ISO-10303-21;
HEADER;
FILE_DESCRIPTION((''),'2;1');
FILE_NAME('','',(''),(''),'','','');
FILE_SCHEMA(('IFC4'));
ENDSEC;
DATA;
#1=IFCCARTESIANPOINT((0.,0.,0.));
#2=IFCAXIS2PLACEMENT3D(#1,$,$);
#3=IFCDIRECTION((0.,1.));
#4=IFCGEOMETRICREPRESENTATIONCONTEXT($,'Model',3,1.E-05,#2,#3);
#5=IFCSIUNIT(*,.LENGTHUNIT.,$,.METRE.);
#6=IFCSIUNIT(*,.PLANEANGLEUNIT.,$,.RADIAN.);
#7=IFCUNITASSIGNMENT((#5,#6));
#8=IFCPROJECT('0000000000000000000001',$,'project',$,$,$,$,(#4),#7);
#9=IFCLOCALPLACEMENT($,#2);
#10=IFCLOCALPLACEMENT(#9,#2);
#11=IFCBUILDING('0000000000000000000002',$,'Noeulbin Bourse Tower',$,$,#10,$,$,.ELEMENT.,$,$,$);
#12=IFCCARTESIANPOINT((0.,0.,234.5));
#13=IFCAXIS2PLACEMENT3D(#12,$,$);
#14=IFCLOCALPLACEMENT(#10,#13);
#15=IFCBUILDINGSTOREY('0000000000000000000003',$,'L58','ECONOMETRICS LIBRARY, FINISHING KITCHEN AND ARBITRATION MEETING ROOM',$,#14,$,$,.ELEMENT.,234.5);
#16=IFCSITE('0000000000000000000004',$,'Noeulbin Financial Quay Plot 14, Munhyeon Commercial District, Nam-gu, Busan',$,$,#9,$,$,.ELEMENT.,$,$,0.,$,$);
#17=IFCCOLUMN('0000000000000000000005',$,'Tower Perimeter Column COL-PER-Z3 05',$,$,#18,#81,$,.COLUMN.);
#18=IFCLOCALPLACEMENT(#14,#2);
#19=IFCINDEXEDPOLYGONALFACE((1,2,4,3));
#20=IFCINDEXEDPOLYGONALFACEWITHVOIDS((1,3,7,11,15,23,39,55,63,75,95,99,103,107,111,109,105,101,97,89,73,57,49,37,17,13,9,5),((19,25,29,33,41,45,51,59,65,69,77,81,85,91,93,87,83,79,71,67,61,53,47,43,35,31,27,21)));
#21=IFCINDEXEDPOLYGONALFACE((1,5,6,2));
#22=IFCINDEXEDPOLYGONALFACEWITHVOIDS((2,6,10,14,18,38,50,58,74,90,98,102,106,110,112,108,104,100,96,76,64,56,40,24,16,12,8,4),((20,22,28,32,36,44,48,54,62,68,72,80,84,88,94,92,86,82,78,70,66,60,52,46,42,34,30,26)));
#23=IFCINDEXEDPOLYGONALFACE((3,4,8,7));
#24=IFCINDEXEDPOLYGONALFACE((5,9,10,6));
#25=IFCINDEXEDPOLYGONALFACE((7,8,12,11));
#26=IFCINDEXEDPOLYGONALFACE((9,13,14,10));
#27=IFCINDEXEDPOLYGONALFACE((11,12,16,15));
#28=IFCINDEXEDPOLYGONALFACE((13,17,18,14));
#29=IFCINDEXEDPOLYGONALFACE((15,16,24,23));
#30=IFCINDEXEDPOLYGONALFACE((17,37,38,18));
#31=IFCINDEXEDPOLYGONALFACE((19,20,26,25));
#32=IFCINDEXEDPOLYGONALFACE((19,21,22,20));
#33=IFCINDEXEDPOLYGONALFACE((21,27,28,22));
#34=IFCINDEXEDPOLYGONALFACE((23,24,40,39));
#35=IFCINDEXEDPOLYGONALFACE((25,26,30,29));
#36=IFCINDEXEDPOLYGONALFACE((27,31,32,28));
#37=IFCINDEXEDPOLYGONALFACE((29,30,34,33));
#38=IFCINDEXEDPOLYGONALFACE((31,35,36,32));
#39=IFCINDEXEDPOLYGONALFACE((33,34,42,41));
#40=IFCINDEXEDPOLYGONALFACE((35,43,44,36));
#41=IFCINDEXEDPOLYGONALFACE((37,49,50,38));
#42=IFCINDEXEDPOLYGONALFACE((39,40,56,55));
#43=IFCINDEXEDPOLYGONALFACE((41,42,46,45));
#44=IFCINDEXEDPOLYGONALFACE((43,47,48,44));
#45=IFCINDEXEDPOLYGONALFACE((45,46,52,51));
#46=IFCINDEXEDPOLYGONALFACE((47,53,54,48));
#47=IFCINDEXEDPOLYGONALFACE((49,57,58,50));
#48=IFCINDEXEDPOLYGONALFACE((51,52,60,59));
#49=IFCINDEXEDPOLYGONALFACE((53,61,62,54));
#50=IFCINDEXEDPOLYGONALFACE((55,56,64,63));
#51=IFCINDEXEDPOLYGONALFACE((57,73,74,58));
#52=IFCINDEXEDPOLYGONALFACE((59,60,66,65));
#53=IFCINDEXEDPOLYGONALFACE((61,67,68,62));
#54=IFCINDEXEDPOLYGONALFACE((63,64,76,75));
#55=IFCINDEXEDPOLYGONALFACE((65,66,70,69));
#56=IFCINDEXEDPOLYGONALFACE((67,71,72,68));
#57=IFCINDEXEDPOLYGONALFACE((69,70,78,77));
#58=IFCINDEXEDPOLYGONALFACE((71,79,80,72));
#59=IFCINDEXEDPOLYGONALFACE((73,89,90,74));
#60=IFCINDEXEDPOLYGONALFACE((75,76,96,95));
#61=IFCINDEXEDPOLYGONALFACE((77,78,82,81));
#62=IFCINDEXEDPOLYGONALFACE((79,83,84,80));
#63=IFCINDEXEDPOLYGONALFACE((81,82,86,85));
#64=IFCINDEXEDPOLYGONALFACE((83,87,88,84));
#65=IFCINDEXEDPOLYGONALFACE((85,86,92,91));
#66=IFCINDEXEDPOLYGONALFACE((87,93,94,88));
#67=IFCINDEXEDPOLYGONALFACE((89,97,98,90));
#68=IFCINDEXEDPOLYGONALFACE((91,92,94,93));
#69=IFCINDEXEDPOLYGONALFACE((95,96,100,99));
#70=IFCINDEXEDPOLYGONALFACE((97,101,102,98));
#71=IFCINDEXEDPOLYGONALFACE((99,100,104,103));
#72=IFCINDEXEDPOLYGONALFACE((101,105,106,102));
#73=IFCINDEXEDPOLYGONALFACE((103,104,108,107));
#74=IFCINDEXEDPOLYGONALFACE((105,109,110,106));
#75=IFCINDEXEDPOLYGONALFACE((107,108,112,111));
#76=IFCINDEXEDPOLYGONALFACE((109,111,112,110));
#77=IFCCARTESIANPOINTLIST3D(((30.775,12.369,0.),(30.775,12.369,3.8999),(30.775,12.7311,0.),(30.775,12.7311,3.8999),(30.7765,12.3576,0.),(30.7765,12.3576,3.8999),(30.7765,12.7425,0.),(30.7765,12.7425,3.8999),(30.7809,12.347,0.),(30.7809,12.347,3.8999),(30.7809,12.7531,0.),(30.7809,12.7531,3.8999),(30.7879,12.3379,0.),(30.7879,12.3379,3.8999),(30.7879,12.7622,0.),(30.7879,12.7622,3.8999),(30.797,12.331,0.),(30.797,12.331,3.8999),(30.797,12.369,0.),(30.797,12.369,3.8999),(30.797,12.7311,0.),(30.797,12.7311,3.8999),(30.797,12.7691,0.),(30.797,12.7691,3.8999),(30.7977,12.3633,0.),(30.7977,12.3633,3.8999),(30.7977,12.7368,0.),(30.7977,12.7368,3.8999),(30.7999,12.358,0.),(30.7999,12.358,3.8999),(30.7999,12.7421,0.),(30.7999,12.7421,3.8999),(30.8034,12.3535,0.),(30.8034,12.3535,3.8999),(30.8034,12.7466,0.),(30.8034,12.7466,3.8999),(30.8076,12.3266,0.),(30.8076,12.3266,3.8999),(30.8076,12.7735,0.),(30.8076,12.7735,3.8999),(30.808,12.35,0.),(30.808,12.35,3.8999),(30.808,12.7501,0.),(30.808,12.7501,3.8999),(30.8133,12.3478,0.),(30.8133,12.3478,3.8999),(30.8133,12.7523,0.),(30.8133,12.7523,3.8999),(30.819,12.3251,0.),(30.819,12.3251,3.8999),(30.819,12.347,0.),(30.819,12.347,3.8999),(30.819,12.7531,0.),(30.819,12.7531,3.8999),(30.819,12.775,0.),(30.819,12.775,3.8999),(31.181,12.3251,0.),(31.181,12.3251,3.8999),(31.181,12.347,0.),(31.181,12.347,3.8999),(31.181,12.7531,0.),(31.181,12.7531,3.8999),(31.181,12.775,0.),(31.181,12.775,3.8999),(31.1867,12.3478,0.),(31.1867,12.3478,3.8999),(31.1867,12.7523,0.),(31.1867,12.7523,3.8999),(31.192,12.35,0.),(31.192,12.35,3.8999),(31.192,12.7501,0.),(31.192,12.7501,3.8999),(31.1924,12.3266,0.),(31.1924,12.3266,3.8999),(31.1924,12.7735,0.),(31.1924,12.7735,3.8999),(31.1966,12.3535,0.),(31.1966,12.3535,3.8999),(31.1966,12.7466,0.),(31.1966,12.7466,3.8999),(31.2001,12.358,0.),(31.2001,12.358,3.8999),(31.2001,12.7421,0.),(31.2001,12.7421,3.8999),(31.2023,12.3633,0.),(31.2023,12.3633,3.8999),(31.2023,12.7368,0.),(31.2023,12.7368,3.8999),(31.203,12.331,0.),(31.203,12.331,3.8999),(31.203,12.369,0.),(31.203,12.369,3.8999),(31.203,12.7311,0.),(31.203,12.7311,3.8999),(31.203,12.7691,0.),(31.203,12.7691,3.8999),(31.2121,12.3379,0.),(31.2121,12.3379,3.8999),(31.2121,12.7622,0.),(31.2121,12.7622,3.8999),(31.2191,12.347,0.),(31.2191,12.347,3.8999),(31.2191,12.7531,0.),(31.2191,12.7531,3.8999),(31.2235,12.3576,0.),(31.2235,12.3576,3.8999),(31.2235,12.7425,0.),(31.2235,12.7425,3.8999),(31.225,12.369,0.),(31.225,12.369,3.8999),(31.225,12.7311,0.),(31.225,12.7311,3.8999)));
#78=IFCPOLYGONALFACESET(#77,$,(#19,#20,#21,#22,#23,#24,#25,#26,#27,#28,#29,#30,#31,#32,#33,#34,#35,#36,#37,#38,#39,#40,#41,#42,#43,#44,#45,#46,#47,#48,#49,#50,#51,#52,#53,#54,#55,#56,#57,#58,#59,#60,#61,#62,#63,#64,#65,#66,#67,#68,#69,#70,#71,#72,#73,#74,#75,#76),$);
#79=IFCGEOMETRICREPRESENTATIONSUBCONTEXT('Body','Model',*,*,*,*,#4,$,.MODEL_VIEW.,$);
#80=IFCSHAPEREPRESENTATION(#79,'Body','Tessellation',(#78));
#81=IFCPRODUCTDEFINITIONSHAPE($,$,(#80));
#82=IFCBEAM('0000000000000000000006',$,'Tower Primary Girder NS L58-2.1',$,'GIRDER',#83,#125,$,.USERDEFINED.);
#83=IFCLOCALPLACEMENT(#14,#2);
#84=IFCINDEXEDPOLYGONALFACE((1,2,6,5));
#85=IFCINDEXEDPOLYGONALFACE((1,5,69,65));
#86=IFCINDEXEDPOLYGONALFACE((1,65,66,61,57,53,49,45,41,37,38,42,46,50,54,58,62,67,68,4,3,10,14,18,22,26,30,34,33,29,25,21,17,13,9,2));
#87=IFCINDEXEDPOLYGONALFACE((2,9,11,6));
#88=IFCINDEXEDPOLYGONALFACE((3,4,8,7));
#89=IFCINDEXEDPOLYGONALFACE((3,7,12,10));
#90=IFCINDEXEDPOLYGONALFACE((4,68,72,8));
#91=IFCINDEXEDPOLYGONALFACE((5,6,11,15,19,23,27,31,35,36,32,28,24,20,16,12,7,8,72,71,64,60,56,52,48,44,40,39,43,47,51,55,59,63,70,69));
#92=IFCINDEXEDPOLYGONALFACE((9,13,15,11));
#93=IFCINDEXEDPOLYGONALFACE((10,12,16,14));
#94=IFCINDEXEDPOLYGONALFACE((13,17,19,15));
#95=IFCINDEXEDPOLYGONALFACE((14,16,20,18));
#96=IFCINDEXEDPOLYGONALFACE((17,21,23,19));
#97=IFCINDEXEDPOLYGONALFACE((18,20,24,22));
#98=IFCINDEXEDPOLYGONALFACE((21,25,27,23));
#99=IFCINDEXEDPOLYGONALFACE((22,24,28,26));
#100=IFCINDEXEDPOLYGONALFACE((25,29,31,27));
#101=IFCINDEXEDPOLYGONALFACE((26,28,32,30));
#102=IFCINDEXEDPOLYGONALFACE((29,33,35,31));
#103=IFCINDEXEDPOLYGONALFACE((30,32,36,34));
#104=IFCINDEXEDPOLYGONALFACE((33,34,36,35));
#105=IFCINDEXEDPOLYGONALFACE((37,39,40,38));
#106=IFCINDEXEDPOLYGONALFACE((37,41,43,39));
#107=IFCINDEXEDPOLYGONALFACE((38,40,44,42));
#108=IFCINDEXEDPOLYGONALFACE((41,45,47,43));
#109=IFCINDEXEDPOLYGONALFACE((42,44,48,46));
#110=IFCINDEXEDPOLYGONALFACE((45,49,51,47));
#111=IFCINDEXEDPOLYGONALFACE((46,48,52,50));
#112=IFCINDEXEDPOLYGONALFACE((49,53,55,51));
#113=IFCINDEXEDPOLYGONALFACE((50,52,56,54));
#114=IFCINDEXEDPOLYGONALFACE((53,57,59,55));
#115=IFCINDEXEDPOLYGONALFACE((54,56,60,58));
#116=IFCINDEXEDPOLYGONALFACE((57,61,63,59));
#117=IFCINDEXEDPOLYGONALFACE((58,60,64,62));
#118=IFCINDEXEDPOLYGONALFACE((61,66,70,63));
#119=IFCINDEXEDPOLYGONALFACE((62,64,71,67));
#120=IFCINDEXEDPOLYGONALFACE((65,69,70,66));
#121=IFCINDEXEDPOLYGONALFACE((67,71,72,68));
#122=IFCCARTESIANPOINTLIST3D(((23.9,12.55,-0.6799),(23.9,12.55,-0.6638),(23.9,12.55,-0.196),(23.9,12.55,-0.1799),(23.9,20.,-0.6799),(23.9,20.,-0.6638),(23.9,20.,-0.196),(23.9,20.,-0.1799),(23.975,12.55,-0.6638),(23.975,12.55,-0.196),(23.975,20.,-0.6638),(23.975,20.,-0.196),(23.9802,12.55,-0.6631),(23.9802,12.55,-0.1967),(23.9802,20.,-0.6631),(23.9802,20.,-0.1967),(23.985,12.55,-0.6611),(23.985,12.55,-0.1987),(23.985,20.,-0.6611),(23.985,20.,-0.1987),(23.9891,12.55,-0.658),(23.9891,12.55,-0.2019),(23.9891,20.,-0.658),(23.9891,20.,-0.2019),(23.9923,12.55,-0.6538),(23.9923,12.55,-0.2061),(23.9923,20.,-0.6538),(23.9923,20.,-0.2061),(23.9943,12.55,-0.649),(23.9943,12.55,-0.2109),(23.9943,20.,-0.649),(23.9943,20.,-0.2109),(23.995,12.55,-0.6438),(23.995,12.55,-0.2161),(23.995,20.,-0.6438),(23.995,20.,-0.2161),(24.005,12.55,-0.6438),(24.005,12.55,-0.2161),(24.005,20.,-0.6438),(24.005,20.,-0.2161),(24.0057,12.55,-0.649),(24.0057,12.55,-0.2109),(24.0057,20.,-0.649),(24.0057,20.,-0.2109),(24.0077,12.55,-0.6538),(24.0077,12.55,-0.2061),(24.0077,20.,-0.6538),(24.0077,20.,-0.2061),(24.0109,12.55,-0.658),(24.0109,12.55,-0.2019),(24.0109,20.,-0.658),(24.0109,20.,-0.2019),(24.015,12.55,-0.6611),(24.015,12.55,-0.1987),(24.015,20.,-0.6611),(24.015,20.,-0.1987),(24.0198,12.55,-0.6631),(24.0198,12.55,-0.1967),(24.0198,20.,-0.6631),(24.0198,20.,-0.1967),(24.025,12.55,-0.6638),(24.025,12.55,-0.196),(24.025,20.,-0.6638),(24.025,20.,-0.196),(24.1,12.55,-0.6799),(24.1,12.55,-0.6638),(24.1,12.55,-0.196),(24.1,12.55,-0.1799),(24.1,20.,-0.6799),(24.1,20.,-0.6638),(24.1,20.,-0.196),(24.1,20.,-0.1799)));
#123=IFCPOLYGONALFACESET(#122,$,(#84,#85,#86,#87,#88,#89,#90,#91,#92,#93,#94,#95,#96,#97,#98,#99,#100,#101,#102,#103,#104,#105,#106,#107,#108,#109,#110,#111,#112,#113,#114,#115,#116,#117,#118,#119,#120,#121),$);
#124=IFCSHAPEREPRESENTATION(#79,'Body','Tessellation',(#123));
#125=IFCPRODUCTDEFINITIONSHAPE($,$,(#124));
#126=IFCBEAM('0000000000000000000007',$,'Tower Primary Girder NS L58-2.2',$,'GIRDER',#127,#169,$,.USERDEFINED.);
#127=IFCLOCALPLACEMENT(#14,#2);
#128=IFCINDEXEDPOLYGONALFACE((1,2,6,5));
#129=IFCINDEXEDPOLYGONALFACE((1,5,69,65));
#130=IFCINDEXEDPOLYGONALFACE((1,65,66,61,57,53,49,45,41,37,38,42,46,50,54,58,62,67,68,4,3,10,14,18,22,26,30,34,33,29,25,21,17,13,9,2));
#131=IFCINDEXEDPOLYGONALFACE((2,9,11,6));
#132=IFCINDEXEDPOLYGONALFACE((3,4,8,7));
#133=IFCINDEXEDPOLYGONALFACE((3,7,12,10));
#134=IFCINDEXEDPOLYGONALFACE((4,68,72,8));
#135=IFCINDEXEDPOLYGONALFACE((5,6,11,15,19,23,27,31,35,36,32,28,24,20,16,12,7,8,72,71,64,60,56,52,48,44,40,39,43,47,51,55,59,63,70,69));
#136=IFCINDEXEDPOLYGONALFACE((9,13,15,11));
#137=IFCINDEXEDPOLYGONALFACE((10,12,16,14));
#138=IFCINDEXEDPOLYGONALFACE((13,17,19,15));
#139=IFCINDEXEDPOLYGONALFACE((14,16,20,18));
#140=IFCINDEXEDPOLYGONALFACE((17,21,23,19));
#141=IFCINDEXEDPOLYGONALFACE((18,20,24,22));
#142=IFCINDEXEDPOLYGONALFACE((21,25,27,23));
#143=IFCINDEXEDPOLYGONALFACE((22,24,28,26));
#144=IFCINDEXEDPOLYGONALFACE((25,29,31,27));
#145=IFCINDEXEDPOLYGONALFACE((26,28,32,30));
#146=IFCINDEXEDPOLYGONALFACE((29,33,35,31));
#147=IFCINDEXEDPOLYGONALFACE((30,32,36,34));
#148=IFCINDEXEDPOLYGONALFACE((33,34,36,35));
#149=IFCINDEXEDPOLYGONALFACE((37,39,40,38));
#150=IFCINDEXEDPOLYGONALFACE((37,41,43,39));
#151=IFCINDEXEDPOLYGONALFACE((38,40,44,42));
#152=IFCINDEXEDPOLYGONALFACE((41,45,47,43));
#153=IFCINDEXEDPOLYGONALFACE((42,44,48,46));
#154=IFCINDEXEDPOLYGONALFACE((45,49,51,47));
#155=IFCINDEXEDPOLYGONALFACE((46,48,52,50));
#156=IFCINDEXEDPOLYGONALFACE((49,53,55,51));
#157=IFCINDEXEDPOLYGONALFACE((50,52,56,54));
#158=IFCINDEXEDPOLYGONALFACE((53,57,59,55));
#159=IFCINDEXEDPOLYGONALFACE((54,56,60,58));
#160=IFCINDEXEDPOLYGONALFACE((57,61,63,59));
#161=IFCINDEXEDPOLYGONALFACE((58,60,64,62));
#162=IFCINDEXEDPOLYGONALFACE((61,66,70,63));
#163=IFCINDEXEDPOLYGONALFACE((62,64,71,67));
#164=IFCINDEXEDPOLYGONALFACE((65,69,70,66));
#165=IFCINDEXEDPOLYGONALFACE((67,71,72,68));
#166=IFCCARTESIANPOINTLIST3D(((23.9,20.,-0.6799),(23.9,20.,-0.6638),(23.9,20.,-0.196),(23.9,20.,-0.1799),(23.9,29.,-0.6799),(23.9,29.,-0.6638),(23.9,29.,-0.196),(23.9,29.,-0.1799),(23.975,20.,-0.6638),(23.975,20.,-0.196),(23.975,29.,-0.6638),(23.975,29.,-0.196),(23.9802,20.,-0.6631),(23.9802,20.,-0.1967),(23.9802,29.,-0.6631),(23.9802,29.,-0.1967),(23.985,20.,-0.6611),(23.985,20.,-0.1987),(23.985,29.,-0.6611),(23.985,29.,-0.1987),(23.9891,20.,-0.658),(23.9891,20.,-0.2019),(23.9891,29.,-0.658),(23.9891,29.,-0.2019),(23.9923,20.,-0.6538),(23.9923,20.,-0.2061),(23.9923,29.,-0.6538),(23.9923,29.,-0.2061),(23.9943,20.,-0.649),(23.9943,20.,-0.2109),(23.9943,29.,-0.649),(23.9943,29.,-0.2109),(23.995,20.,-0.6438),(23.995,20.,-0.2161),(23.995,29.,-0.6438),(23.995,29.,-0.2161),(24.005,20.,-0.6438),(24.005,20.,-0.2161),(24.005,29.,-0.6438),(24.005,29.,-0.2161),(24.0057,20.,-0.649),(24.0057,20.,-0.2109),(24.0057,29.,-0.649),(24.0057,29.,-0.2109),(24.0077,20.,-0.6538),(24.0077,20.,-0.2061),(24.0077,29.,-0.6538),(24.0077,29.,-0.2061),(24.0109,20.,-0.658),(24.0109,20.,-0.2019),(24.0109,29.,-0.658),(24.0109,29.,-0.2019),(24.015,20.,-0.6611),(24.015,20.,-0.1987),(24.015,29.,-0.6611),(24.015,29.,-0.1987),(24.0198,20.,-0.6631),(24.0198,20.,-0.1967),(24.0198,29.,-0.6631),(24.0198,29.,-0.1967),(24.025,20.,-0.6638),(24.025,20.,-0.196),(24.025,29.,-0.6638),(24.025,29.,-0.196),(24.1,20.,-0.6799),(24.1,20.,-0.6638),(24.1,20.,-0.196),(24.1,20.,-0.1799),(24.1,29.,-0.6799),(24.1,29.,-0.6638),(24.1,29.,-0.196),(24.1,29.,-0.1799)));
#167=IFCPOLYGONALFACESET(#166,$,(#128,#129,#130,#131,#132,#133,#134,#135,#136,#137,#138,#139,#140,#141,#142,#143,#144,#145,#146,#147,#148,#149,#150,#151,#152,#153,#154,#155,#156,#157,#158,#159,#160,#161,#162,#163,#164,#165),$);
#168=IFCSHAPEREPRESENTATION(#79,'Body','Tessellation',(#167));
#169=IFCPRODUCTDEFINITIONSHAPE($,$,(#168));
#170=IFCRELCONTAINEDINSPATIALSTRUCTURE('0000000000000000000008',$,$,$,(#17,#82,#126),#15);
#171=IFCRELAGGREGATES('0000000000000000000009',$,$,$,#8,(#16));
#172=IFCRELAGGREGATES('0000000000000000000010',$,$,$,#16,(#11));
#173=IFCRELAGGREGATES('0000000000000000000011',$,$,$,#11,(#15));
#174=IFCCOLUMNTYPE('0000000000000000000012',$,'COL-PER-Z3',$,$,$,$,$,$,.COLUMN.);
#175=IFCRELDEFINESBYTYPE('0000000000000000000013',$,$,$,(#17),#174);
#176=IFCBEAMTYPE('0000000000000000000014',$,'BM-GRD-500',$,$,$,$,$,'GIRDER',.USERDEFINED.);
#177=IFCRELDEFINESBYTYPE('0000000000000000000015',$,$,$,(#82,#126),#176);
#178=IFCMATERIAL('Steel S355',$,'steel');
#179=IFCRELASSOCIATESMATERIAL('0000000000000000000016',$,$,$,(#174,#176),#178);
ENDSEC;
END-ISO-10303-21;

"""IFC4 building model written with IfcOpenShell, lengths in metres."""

from ifc_helpers import new_model, si_unit, direction, frame, origin, origin_2d, place, context, subcontext, project, spatial, hollow_rectangle, i_section, extrude, material, material_profile, profile_set, type_object, element, save


model = new_model("IFC4")

# Units and contexts
model_context = context("Model", 3, precision=1e-05, world=origin(), true_north=direction((0.0, 1.0)))
body_context = subcontext(model_context, "Body", "Model", "MODEL_VIEW")
ifc_project = project(units=[si_unit("LENGTHUNIT", "METRE"), si_unit("PLANEANGLEUNIT", "RADIAN")], contexts=[model_context])

# Site, building, storey
site_placement = place(None, origin())
site = spatial("IfcSite", under=ifc_project, at=site_placement, Name="Noeulbin Financial Quay Plot 14, Munhyeon Commercial District, Nam-gu, Busan", CompositionType="ELEMENT", RefElevation=0.0)
building_placement = place(site_placement, origin())
building = spatial("IfcBuilding", under=site, at=building_placement, Name="Noeulbin Bourse Tower", CompositionType="ELEMENT")
storey_placement = place(building_placement, frame((0.0, 0.0, 234.5)))
storey = spatial("IfcBuildingStorey", under=building, at=storey_placement, Name="L58", Description="ECONOMETRICS LIBRARY, FINISHING KITCHEN AND ARBITRATION MEETING ROOM", CompositionType="ELEMENT", Elevation=234.5)

# Column
ifc_material_1 = material(Name="Steel S355", Category="steel")
ifc_material_profile_1 = material_profile(ifc_material_1, hollow_rectangle(XDim=0.45, YDim=0.45, WallThickness=0.022, InnerFilletRadius=0.022, OuterFilletRadius=0.0439, at=origin_2d()), Name="SHS-450x450x22", Category="LoadBearing")
ifc_profile_set_1 = profile_set([ifc_material_profile_1], Name="Steel S355")
column_type = type_object("IfcColumnType", Name="COL-PER-Z3", PredefinedType="COLUMN", material=ifc_profile_set_1)
column_placement = place(storey_placement, frame((31.0, 12.55, 0.0), z_axis=(0.0, 0.0, 1.0), x_axis=(1.0, 0.0, 0.0)))
element("IfcColumn", 1, at=column_placement, inside=storey, type_object=column_type, Name="Tower Perimeter Column COL-PER-Z3 05", PredefinedType="COLUMN", context=body_context, shape_type="SweptSolid", body=[
    extrude(hollow_rectangle(XDim=0.45, YDim=0.45, WallThickness=0.022, InnerFilletRadius=0.022, OuterFilletRadius=0.0439, at=origin_2d()), origin(), (0.0, 0.0, 1.0), 3.8999),
])

# Beams
ifc_material_profile_2 = material_profile(ifc_material_1, i_section(OverallWidth=0.2, OverallDepth=0.5, WebThickness=0.01, FlangeThickness=0.0161, FilletRadius=0.02, at=origin_2d()), Name="H-500x200x10x16", Category="LoadBearing")
ifc_profile_set_2 = profile_set([ifc_material_profile_2], Name="Steel S355")
beam_type_1 = type_object("IfcBeamType", Name="BM-GRD-500", ElementType="GIRDER", PredefinedType="USERDEFINED", material=ifc_profile_set_2)
beam_1_placement = place(storey_placement, frame((24.0, 12.55, -0.4299), z_axis=(0.0, 1.0, 0.0), x_axis=(-1.0, 0.0, 0.0)))
element("IfcBeam", 2, at=beam_1_placement, inside=storey, type_object=beam_type_1, Name="Tower Primary Girder NS L58-2.1", ObjectType="GIRDER", PredefinedType="USERDEFINED", context=body_context, shape_type="SweptSolid", body=[
    extrude(i_section(OverallWidth=0.2, OverallDepth=0.5, WebThickness=0.01, FlangeThickness=0.0161, FilletRadius=0.02, at=origin_2d()), origin(), (0.0, 0.0, 1.0), 7.45),
])
beam_2_placement = place(storey_placement, frame((24.0, 20.0, -0.4299), z_axis=(0.0, 1.0, 0.0), x_axis=(-1.0, 0.0, 0.0)))
element("IfcBeam", 3, at=beam_2_placement, inside=storey, type_object=beam_type_1, Name="Tower Primary Girder NS L58-2.2", ObjectType="GIRDER", PredefinedType="USERDEFINED", context=body_context, shape_type="SweptSolid", body=[
    extrude(i_section(OverallWidth=0.2, OverallDepth=0.5, WebThickness=0.01, FlangeThickness=0.0161, FilletRadius=0.02, at=origin_2d()), origin(), (0.0, 0.0, 1.0), 9.0),
])

save(model, "model.ifc")
